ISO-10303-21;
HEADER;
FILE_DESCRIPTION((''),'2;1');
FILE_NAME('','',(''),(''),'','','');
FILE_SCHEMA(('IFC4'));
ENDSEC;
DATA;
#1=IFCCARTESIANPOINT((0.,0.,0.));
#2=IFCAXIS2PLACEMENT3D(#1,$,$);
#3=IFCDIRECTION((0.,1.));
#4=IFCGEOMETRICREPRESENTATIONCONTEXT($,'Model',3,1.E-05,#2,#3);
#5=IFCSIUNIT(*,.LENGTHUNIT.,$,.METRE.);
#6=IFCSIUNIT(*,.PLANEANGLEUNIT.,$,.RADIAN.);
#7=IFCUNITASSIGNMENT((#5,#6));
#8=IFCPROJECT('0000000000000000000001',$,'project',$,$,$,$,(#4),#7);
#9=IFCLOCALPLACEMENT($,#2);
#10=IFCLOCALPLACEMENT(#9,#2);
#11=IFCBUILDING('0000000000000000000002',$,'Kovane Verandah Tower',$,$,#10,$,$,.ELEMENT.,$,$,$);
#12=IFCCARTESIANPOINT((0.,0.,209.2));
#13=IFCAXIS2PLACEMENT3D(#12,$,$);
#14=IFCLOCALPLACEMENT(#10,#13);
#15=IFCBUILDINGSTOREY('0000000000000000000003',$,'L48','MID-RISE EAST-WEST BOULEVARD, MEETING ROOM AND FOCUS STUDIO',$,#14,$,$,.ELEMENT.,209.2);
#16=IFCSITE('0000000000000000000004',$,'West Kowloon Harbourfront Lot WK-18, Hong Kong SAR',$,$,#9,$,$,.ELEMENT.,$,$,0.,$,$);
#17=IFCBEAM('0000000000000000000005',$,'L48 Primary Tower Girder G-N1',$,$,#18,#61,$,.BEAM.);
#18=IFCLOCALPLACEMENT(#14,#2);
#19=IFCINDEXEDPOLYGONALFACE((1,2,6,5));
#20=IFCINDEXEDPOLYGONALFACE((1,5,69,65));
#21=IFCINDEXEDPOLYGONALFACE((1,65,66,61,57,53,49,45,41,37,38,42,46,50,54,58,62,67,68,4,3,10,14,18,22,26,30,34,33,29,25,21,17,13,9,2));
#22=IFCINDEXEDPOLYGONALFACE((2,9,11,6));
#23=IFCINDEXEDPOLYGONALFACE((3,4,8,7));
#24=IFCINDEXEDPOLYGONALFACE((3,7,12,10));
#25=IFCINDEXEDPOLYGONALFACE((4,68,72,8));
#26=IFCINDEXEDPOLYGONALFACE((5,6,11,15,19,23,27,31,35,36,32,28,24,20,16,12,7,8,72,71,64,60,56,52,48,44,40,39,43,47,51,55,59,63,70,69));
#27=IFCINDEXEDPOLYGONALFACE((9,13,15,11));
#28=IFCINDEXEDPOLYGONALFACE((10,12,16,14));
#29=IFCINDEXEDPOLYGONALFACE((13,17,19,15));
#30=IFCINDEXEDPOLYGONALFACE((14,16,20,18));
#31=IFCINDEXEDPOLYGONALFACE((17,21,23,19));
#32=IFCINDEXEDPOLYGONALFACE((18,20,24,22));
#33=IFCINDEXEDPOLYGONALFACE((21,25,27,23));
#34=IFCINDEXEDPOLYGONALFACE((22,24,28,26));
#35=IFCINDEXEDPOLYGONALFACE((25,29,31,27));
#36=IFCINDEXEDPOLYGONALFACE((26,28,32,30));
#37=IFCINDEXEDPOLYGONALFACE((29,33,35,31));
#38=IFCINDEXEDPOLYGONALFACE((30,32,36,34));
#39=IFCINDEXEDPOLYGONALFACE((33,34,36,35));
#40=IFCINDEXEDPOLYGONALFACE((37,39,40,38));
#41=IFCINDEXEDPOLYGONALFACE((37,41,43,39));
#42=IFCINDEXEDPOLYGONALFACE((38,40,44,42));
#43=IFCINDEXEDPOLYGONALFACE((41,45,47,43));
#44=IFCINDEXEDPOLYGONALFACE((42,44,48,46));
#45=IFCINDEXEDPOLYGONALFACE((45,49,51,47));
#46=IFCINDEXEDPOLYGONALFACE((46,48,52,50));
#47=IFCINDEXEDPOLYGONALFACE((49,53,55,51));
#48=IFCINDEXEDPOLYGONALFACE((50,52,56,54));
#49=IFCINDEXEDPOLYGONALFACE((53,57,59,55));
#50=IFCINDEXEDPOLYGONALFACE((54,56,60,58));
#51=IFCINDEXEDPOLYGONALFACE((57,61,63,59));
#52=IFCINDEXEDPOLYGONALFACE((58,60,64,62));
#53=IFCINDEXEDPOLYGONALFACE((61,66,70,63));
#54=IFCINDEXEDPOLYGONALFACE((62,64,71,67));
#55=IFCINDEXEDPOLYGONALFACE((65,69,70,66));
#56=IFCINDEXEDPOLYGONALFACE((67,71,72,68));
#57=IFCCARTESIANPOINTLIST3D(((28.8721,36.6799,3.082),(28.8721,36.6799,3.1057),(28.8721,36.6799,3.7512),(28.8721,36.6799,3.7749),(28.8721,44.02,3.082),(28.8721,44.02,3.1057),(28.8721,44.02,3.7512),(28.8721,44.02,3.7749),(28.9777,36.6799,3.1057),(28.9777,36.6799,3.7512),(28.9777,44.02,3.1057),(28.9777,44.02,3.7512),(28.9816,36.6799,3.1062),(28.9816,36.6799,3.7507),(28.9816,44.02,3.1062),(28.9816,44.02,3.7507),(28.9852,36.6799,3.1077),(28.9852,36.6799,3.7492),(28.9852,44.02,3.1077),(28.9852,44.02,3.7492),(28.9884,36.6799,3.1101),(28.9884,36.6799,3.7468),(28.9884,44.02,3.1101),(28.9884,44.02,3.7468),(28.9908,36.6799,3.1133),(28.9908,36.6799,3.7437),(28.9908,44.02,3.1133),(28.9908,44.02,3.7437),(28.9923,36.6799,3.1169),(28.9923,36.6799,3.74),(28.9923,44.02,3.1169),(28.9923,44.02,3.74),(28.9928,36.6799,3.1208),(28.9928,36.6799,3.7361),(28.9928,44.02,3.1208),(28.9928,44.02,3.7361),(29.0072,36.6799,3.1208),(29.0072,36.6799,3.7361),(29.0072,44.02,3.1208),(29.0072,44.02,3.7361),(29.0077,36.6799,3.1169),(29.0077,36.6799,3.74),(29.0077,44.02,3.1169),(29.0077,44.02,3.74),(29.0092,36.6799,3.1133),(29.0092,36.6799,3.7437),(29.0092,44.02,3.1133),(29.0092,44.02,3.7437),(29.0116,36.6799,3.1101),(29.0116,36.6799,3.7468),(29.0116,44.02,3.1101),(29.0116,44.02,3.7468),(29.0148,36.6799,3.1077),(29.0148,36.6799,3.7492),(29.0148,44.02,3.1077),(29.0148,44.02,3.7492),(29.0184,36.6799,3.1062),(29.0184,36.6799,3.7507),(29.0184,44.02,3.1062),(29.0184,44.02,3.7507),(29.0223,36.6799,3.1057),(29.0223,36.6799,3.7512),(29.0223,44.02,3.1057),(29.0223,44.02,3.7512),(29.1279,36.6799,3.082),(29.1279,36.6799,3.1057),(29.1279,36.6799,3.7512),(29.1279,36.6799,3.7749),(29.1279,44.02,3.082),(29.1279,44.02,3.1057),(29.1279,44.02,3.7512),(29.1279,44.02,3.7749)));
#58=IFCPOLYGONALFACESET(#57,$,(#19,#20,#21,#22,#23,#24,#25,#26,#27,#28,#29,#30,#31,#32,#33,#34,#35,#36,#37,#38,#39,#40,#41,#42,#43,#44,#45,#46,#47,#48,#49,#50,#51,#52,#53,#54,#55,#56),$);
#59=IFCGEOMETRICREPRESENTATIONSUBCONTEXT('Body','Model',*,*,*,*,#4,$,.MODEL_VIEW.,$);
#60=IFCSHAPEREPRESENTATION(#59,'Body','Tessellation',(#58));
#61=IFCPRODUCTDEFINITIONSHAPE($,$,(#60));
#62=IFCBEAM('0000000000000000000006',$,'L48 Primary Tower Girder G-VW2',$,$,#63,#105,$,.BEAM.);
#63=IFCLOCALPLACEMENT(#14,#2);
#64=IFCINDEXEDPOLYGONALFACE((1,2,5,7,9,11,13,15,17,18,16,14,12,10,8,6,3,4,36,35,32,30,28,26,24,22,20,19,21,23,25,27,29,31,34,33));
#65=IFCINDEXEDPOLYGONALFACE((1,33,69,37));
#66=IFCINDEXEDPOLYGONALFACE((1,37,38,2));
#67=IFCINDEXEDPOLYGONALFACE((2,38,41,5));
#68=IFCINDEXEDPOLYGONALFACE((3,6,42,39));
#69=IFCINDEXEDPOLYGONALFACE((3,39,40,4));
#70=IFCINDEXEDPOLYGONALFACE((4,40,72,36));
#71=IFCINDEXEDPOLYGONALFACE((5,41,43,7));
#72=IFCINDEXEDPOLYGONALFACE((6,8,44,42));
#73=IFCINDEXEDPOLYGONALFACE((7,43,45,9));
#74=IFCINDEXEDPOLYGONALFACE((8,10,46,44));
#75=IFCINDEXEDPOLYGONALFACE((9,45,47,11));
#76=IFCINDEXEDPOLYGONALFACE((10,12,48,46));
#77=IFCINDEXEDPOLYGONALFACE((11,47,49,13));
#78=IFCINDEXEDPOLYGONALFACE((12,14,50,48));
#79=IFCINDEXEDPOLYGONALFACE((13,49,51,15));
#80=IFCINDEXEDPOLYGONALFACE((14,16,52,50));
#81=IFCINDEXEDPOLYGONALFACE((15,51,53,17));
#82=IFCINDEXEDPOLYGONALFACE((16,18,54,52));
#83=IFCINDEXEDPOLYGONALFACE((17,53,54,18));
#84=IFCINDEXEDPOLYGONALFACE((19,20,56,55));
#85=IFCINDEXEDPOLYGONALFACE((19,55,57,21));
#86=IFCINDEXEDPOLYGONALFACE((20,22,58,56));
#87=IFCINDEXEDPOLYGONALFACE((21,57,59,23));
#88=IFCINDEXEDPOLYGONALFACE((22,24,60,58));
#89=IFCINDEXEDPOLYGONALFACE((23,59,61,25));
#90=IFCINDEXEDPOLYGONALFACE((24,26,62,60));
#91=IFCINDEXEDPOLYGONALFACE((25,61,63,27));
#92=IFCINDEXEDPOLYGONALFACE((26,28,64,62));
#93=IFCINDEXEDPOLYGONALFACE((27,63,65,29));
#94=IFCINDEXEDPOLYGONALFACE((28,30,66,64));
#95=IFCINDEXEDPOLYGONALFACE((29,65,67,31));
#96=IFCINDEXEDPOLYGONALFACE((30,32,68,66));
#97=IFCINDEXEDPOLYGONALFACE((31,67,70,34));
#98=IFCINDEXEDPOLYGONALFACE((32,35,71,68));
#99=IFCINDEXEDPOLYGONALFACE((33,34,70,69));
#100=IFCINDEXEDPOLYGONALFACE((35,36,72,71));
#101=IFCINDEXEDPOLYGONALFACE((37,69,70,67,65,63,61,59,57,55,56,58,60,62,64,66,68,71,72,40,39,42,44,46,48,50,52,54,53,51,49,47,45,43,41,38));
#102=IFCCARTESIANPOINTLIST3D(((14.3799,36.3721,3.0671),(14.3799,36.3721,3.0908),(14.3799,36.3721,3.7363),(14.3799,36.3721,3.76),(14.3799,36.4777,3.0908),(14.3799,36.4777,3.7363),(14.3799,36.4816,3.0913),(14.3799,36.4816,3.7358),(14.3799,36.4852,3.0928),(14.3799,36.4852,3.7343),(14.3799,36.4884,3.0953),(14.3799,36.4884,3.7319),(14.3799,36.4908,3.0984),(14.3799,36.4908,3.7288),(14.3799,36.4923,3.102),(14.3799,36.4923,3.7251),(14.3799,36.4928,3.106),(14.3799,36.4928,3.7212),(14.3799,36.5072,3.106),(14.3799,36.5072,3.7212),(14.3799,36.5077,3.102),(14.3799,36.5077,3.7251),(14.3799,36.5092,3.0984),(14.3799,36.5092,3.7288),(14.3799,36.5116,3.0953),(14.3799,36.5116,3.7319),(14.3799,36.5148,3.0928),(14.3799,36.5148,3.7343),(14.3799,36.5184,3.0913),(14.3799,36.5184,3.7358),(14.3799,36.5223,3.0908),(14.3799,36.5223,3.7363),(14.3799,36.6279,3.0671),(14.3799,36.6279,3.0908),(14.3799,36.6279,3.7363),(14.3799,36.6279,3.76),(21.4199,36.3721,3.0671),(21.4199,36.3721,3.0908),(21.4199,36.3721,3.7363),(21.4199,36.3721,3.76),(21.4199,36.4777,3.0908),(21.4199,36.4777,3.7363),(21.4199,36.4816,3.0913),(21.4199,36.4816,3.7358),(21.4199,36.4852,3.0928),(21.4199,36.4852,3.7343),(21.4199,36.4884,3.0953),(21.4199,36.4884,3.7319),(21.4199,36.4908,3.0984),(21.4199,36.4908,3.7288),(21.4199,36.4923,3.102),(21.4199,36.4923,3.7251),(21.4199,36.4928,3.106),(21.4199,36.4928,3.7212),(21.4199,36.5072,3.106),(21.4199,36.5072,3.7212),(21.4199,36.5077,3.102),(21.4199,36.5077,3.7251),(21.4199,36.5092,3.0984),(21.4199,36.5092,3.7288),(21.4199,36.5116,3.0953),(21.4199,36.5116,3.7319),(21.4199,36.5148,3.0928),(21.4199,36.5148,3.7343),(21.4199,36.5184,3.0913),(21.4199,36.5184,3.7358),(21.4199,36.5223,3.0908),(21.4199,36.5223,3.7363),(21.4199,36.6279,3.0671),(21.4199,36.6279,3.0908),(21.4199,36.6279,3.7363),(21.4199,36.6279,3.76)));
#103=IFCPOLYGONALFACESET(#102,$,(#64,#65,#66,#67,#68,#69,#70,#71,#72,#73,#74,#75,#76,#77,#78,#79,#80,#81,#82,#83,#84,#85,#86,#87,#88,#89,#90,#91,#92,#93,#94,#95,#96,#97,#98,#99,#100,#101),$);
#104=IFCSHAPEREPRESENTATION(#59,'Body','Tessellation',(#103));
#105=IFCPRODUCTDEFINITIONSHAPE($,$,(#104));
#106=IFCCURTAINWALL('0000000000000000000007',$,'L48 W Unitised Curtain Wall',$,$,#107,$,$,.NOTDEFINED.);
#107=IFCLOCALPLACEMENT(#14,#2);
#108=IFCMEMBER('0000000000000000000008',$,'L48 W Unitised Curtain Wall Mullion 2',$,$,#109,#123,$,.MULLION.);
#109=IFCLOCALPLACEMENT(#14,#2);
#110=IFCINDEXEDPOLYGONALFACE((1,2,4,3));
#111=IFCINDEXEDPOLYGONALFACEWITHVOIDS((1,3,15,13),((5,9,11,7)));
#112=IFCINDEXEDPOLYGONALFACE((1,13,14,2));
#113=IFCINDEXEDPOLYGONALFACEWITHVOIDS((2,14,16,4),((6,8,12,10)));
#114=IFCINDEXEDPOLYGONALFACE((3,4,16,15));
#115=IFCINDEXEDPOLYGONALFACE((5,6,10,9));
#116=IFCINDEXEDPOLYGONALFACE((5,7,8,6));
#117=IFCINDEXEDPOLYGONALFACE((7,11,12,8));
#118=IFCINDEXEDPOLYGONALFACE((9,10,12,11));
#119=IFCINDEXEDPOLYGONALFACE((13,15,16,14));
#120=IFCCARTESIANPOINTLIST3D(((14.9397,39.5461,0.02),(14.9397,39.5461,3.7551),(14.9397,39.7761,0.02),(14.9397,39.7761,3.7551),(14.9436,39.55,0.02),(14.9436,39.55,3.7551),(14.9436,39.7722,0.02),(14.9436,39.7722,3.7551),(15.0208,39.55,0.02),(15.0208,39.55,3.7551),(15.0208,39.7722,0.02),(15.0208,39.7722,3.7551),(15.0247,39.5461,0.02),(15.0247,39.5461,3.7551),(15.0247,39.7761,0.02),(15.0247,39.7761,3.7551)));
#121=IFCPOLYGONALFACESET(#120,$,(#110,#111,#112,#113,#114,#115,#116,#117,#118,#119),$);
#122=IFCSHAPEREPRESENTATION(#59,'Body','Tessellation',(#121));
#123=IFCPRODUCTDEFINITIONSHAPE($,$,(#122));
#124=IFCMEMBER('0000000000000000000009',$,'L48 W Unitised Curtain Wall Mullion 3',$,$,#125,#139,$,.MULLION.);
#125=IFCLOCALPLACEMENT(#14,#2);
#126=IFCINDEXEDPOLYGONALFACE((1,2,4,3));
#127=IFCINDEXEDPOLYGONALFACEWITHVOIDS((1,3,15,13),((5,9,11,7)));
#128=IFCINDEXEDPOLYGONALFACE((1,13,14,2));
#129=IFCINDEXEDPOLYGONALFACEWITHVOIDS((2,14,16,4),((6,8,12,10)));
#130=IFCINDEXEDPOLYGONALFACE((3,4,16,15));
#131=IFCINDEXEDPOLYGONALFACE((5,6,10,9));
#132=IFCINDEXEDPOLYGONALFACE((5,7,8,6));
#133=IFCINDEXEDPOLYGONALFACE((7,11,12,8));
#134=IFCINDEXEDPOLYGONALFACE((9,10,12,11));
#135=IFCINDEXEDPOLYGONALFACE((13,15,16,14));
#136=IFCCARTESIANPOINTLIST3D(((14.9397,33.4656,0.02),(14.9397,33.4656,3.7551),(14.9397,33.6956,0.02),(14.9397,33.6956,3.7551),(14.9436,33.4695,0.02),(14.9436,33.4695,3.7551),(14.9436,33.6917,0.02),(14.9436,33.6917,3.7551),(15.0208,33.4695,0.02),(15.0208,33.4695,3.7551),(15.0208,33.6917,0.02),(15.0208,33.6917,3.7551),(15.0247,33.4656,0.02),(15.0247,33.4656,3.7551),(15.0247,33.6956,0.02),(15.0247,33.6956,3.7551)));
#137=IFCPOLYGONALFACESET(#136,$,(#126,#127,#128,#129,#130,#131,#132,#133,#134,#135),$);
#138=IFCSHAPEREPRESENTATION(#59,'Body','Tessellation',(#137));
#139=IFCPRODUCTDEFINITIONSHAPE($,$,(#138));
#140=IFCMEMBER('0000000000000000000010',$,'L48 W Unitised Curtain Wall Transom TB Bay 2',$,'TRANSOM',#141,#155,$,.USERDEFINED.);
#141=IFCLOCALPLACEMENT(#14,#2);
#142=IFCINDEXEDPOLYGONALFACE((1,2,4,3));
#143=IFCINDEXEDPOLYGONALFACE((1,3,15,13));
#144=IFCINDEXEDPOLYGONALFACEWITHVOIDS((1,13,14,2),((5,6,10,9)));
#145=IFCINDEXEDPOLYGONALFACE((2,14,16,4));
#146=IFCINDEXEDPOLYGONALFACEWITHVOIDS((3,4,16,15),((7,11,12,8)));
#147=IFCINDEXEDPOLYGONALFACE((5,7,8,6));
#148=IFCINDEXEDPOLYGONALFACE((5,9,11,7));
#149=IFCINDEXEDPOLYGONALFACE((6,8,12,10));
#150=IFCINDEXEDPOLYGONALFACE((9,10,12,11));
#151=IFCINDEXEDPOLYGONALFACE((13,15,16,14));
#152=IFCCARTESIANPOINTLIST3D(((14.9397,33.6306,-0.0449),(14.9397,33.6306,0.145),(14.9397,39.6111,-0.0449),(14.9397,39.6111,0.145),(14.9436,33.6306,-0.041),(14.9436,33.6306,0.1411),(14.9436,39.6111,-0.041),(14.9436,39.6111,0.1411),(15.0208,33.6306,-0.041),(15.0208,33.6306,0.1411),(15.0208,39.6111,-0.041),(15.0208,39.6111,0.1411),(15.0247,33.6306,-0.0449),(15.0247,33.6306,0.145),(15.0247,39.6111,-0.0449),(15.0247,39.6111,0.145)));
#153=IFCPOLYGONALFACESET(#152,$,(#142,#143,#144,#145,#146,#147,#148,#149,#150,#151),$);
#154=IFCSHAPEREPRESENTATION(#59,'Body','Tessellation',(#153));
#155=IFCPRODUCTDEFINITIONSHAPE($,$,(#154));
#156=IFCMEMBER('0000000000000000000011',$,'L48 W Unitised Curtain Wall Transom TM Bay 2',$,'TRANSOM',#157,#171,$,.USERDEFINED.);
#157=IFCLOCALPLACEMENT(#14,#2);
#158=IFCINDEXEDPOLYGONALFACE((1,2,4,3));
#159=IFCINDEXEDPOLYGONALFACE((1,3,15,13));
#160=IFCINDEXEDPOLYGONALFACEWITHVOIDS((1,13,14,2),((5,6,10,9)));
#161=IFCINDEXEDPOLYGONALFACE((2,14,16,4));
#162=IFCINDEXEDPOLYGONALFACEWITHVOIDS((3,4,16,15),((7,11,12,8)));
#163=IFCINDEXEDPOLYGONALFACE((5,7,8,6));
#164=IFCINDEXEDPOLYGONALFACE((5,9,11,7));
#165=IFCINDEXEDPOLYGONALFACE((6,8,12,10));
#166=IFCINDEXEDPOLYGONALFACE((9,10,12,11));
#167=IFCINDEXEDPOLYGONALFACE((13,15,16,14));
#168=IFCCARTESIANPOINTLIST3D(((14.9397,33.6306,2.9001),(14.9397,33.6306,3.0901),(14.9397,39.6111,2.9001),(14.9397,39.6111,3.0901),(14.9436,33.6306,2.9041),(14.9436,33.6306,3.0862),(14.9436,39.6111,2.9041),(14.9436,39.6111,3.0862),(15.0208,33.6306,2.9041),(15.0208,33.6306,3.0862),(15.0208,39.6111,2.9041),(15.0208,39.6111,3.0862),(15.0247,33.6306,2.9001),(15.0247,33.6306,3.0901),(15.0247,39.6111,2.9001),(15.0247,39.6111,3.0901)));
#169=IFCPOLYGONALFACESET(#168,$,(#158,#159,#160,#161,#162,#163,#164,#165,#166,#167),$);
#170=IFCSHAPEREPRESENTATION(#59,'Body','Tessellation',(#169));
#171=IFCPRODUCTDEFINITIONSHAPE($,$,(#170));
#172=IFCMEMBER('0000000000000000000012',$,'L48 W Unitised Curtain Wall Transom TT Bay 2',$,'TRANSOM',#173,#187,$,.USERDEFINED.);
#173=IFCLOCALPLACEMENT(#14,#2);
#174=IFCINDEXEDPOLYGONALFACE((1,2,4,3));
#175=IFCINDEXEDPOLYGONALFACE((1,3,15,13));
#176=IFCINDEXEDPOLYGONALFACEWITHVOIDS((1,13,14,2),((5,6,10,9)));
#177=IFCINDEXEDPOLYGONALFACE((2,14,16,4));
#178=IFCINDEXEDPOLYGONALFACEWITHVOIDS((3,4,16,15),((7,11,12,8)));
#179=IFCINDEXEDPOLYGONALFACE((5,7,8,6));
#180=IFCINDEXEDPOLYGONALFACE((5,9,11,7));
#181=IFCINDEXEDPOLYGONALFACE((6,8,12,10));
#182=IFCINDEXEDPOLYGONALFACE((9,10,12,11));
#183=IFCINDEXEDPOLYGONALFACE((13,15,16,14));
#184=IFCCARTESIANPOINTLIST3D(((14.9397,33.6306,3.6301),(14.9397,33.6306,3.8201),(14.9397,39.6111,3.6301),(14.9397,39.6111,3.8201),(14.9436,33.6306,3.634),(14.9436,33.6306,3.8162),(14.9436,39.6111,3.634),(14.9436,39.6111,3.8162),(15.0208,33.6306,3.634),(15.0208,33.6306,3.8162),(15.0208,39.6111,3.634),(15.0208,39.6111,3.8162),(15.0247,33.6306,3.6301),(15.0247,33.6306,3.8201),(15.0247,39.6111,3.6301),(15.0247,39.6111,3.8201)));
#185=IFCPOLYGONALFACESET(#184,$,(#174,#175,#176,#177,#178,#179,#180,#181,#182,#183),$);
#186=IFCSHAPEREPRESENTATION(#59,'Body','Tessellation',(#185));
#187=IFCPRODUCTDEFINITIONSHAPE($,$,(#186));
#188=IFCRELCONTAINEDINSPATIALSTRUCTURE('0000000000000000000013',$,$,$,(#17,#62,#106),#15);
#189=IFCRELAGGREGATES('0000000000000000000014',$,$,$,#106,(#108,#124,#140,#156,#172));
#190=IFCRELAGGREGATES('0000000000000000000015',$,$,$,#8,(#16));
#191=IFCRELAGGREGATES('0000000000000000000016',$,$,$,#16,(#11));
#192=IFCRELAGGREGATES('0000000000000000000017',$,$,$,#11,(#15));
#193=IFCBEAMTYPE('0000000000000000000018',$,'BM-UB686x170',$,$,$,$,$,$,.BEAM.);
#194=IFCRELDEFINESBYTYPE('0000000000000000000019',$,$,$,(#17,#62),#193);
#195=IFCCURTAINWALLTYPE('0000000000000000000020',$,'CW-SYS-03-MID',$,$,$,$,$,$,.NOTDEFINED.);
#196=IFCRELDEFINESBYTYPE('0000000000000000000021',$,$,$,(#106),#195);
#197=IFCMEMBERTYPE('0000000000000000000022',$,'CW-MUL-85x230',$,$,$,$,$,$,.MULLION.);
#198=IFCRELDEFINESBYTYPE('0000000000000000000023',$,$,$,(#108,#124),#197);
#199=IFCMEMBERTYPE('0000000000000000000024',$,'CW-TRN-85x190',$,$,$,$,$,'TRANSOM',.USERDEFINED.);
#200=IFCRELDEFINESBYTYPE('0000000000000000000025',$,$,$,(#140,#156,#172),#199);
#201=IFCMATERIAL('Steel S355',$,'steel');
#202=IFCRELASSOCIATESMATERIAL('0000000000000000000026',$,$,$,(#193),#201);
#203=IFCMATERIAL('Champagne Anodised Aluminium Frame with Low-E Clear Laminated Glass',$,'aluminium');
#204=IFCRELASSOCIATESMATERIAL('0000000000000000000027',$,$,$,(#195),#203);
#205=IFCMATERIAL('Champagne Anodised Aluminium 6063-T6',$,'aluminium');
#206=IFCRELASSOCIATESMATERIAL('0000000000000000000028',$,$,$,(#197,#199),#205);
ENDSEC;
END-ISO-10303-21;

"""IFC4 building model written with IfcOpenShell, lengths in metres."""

from ifc_helpers import new_model, si_unit, direction, frame, origin, origin_2d, place, context, subcontext, project, spatial, hollow_rectangle, i_section, extrude, material, material_profile, profile_set, type_object, element, aggregate, save


model = new_model("IFC4")

# Units and contexts
model_context = context("Model", 3, precision=1e-05, world=origin(), true_north=direction((0.0, 1.0)))
body_context = subcontext(model_context, "Body", "Model", "MODEL_VIEW")
ifc_project = project(units=[si_unit("LENGTHUNIT", "METRE"), si_unit("PLANEANGLEUNIT", "RADIAN")], contexts=[model_context])

# Site, building, storey
site_placement = place(None, origin())
site = spatial("IfcSite", under=ifc_project, at=site_placement, Name="West Kowloon Harbourfront Lot WK-18, Hong Kong SAR", CompositionType="ELEMENT", RefElevation=0.0)
building_placement = place(site_placement, origin())
building = spatial("IfcBuilding", under=site, at=building_placement, Name="Kovane Verandah Tower", CompositionType="ELEMENT")
storey_placement = place(building_placement, frame((0.0, 0.0, 209.2)))
storey = spatial("IfcBuildingStorey", under=building, at=storey_placement, Name="L48", Description="MID-RISE EAST-WEST BOULEVARD, MEETING ROOM AND FOCUS STUDIO", CompositionType="ELEMENT", Elevation=209.2)

# Beams
ifc_material_1 = material(Name="Steel S355", Category="steel")
ifc_material_profile_1 = material_profile(ifc_material_1, i_section(OverallWidth=0.2559, OverallDepth=0.6929, WebThickness=0.0144, FlangeThickness=0.0237, FilletRadius=0.0151, at=origin_2d()), Name="UB686x254x170")
ifc_profile_set_1 = profile_set([ifc_material_profile_1], Name="Steel S355")
beam_type_1 = type_object("IfcBeamType", Name="BM-UB686x170", PredefinedType="BEAM", material=ifc_profile_set_1)
beam_1_placement = place(storey_placement, frame((29.0, 36.6799, 3.4285), z_axis=(0.0, 1.0, 0.0), x_axis=(-1.0, 0.0, 0.0)))
element("IfcBeam", 1, at=beam_1_placement, inside=storey, type_object=beam_type_1, Name="L48 Primary Tower Girder G-N1", PredefinedType="BEAM", context=body_context, shape_type="SweptSolid", body=[
    extrude(i_section(OverallWidth=0.2559, OverallDepth=0.6929, WebThickness=0.0144, FlangeThickness=0.0237, FilletRadius=0.0151, at=origin_2d()), origin(), (0.0, 0.0, 1.0), 7.3401),
])
beam_2_placement = place(storey_placement, frame((21.4199, 36.5, 3.4136), z_axis=(-1.0, 0.0, 0.0), x_axis=(0.0, -1.0, 0.0)))
element("IfcBeam", 2, at=beam_2_placement, inside=storey, type_object=beam_type_1, Name="L48 Primary Tower Girder G-VW2", PredefinedType="BEAM", context=body_context, shape_type="SweptSolid", body=[
    extrude(i_section(OverallWidth=0.2559, OverallDepth=0.6929, WebThickness=0.0144, FlangeThickness=0.0237, FilletRadius=0.0151, at=origin_2d()), origin(), (0.0, 0.0, 1.0), 7.04),
])

# Curtain wall, members
ifc_material_2 = material(Name="Champagne Anodised Aluminium Frame with Low-E Clear Laminated Glass", Category="aluminium")
curtain_wall_type = type_object("IfcCurtainWallType", Name="CW-SYS-03-MID", PredefinedType="NOTDEFINED", material=ifc_material_2)
curtain_wall_placement = place(storey_placement, origin())
curtain_wall = element("IfcCurtainWall", 3, at=curtain_wall_placement, inside=storey, type_object=curtain_wall_type, Name="L48 W Unitised Curtain Wall", PredefinedType="NOTDEFINED")
ifc_material_3 = material(Name="Champagne Anodised Aluminium 6063-T6", Category="aluminium")
ifc_material_profile_2 = material_profile(ifc_material_3, hollow_rectangle(XDim=0.085, YDim=0.23, WallThickness=0.0039, at=origin_2d()), Name="AL85x230x4")
ifc_profile_set_2 = profile_set([ifc_material_profile_2], Name="Champagne Anodised Aluminium 6063-T6")
member_type_1 = type_object("IfcMemberType", Name="CW-MUL-85x230", PredefinedType="MULLION", material=ifc_profile_set_2)
member_1_placement = place(storey_placement, frame((14.9822, 39.6611, 0.02), z_axis=(0.0, 0.0, 1.0), x_axis=(-1.0, 0.0, 0.0)))
member_1 = element("IfcMember", 4, at=member_1_placement, type_object=member_type_1, Name="L48 W Unitised Curtain Wall Mullion 2", PredefinedType="MULLION", context=body_context, shape_type="SweptSolid", body=[
    extrude(hollow_rectangle(XDim=0.085, YDim=0.23, WallThickness=0.0039, at=origin_2d()), origin(), (0.0, 0.0, 1.0), 3.7351),
])
member_2_placement = place(storey_placement, frame((14.9822, 33.5806, 0.02), z_axis=(0.0, 0.0, 1.0), x_axis=(-1.0, 0.0, 0.0)))
member_2 = element("IfcMember", 5, at=member_2_placement, type_object=member_type_1, Name="L48 W Unitised Curtain Wall Mullion 3", PredefinedType="MULLION", context=body_context, shape_type="SweptSolid", body=[
    extrude(hollow_rectangle(XDim=0.085, YDim=0.23, WallThickness=0.0039, at=origin_2d()), origin(), (0.0, 0.0, 1.0), 3.7351),
])
ifc_material_profile_3 = material_profile(ifc_material_3, hollow_rectangle(XDim=0.085, YDim=0.1899, WallThickness=0.0039, at=origin_2d()), Name="AL85x190x4")
ifc_profile_set_3 = profile_set([ifc_material_profile_3], Name="Champagne Anodised Aluminium 6063-T6")
member_type_2 = type_object("IfcMemberType", Name="CW-TRN-85x190", ElementType="TRANSOM", PredefinedType="USERDEFINED", material=ifc_profile_set_3)
member_3_placement = place(storey_placement, frame((14.9822, 39.6111, 0.05), z_axis=(0.0, -1.0, 0.0), x_axis=(1.0, 0.0, 0.0)))
member_3 = element("IfcMember", 6, at=member_3_placement, type_object=member_type_2, Name="L48 W Unitised Curtain Wall Transom TB Bay 2", ObjectType="TRANSOM", PredefinedType="USERDEFINED", context=body_context, shape_type="SweptSolid", body=[
    extrude(hollow_rectangle(XDim=0.085, YDim=0.1899, WallThickness=0.0039, at=origin_2d()), origin(), (0.0, 0.0, 1.0), 5.9805),
])
member_4_placement = place(storey_placement, frame((14.9822, 39.6111, 2.9951), z_axis=(0.0, -1.0, 0.0), x_axis=(1.0, 0.0, 0.0)))
member_4 = element("IfcMember", 7, at=member_4_placement, type_object=member_type_2, Name="L48 W Unitised Curtain Wall Transom TM Bay 2", ObjectType="TRANSOM", PredefinedType="USERDEFINED", context=body_context, shape_type="SweptSolid", body=[
    extrude(hollow_rectangle(XDim=0.085, YDim=0.1899, WallThickness=0.0039, at=origin_2d()), origin(), (0.0, 0.0, 1.0), 5.9805),
])
member_5_placement = place(storey_placement, frame((14.9822, 39.6111, 3.7251), z_axis=(0.0, -1.0, 0.0), x_axis=(1.0, 0.0, 0.0)))
member_5 = element("IfcMember", 8, at=member_5_placement, type_object=member_type_2, Name="L48 W Unitised Curtain Wall Transom TT Bay 2", ObjectType="TRANSOM", PredefinedType="USERDEFINED", context=body_context, shape_type="SweptSolid", body=[
    extrude(hollow_rectangle(XDim=0.085, YDim=0.1899, WallThickness=0.0039, at=origin_2d()), origin(), (0.0, 0.0, 1.0), 5.9805),
])

aggregate(curtain_wall, [member_1, member_2, member_3, member_4, member_5])

save(model, "model.ifc")
